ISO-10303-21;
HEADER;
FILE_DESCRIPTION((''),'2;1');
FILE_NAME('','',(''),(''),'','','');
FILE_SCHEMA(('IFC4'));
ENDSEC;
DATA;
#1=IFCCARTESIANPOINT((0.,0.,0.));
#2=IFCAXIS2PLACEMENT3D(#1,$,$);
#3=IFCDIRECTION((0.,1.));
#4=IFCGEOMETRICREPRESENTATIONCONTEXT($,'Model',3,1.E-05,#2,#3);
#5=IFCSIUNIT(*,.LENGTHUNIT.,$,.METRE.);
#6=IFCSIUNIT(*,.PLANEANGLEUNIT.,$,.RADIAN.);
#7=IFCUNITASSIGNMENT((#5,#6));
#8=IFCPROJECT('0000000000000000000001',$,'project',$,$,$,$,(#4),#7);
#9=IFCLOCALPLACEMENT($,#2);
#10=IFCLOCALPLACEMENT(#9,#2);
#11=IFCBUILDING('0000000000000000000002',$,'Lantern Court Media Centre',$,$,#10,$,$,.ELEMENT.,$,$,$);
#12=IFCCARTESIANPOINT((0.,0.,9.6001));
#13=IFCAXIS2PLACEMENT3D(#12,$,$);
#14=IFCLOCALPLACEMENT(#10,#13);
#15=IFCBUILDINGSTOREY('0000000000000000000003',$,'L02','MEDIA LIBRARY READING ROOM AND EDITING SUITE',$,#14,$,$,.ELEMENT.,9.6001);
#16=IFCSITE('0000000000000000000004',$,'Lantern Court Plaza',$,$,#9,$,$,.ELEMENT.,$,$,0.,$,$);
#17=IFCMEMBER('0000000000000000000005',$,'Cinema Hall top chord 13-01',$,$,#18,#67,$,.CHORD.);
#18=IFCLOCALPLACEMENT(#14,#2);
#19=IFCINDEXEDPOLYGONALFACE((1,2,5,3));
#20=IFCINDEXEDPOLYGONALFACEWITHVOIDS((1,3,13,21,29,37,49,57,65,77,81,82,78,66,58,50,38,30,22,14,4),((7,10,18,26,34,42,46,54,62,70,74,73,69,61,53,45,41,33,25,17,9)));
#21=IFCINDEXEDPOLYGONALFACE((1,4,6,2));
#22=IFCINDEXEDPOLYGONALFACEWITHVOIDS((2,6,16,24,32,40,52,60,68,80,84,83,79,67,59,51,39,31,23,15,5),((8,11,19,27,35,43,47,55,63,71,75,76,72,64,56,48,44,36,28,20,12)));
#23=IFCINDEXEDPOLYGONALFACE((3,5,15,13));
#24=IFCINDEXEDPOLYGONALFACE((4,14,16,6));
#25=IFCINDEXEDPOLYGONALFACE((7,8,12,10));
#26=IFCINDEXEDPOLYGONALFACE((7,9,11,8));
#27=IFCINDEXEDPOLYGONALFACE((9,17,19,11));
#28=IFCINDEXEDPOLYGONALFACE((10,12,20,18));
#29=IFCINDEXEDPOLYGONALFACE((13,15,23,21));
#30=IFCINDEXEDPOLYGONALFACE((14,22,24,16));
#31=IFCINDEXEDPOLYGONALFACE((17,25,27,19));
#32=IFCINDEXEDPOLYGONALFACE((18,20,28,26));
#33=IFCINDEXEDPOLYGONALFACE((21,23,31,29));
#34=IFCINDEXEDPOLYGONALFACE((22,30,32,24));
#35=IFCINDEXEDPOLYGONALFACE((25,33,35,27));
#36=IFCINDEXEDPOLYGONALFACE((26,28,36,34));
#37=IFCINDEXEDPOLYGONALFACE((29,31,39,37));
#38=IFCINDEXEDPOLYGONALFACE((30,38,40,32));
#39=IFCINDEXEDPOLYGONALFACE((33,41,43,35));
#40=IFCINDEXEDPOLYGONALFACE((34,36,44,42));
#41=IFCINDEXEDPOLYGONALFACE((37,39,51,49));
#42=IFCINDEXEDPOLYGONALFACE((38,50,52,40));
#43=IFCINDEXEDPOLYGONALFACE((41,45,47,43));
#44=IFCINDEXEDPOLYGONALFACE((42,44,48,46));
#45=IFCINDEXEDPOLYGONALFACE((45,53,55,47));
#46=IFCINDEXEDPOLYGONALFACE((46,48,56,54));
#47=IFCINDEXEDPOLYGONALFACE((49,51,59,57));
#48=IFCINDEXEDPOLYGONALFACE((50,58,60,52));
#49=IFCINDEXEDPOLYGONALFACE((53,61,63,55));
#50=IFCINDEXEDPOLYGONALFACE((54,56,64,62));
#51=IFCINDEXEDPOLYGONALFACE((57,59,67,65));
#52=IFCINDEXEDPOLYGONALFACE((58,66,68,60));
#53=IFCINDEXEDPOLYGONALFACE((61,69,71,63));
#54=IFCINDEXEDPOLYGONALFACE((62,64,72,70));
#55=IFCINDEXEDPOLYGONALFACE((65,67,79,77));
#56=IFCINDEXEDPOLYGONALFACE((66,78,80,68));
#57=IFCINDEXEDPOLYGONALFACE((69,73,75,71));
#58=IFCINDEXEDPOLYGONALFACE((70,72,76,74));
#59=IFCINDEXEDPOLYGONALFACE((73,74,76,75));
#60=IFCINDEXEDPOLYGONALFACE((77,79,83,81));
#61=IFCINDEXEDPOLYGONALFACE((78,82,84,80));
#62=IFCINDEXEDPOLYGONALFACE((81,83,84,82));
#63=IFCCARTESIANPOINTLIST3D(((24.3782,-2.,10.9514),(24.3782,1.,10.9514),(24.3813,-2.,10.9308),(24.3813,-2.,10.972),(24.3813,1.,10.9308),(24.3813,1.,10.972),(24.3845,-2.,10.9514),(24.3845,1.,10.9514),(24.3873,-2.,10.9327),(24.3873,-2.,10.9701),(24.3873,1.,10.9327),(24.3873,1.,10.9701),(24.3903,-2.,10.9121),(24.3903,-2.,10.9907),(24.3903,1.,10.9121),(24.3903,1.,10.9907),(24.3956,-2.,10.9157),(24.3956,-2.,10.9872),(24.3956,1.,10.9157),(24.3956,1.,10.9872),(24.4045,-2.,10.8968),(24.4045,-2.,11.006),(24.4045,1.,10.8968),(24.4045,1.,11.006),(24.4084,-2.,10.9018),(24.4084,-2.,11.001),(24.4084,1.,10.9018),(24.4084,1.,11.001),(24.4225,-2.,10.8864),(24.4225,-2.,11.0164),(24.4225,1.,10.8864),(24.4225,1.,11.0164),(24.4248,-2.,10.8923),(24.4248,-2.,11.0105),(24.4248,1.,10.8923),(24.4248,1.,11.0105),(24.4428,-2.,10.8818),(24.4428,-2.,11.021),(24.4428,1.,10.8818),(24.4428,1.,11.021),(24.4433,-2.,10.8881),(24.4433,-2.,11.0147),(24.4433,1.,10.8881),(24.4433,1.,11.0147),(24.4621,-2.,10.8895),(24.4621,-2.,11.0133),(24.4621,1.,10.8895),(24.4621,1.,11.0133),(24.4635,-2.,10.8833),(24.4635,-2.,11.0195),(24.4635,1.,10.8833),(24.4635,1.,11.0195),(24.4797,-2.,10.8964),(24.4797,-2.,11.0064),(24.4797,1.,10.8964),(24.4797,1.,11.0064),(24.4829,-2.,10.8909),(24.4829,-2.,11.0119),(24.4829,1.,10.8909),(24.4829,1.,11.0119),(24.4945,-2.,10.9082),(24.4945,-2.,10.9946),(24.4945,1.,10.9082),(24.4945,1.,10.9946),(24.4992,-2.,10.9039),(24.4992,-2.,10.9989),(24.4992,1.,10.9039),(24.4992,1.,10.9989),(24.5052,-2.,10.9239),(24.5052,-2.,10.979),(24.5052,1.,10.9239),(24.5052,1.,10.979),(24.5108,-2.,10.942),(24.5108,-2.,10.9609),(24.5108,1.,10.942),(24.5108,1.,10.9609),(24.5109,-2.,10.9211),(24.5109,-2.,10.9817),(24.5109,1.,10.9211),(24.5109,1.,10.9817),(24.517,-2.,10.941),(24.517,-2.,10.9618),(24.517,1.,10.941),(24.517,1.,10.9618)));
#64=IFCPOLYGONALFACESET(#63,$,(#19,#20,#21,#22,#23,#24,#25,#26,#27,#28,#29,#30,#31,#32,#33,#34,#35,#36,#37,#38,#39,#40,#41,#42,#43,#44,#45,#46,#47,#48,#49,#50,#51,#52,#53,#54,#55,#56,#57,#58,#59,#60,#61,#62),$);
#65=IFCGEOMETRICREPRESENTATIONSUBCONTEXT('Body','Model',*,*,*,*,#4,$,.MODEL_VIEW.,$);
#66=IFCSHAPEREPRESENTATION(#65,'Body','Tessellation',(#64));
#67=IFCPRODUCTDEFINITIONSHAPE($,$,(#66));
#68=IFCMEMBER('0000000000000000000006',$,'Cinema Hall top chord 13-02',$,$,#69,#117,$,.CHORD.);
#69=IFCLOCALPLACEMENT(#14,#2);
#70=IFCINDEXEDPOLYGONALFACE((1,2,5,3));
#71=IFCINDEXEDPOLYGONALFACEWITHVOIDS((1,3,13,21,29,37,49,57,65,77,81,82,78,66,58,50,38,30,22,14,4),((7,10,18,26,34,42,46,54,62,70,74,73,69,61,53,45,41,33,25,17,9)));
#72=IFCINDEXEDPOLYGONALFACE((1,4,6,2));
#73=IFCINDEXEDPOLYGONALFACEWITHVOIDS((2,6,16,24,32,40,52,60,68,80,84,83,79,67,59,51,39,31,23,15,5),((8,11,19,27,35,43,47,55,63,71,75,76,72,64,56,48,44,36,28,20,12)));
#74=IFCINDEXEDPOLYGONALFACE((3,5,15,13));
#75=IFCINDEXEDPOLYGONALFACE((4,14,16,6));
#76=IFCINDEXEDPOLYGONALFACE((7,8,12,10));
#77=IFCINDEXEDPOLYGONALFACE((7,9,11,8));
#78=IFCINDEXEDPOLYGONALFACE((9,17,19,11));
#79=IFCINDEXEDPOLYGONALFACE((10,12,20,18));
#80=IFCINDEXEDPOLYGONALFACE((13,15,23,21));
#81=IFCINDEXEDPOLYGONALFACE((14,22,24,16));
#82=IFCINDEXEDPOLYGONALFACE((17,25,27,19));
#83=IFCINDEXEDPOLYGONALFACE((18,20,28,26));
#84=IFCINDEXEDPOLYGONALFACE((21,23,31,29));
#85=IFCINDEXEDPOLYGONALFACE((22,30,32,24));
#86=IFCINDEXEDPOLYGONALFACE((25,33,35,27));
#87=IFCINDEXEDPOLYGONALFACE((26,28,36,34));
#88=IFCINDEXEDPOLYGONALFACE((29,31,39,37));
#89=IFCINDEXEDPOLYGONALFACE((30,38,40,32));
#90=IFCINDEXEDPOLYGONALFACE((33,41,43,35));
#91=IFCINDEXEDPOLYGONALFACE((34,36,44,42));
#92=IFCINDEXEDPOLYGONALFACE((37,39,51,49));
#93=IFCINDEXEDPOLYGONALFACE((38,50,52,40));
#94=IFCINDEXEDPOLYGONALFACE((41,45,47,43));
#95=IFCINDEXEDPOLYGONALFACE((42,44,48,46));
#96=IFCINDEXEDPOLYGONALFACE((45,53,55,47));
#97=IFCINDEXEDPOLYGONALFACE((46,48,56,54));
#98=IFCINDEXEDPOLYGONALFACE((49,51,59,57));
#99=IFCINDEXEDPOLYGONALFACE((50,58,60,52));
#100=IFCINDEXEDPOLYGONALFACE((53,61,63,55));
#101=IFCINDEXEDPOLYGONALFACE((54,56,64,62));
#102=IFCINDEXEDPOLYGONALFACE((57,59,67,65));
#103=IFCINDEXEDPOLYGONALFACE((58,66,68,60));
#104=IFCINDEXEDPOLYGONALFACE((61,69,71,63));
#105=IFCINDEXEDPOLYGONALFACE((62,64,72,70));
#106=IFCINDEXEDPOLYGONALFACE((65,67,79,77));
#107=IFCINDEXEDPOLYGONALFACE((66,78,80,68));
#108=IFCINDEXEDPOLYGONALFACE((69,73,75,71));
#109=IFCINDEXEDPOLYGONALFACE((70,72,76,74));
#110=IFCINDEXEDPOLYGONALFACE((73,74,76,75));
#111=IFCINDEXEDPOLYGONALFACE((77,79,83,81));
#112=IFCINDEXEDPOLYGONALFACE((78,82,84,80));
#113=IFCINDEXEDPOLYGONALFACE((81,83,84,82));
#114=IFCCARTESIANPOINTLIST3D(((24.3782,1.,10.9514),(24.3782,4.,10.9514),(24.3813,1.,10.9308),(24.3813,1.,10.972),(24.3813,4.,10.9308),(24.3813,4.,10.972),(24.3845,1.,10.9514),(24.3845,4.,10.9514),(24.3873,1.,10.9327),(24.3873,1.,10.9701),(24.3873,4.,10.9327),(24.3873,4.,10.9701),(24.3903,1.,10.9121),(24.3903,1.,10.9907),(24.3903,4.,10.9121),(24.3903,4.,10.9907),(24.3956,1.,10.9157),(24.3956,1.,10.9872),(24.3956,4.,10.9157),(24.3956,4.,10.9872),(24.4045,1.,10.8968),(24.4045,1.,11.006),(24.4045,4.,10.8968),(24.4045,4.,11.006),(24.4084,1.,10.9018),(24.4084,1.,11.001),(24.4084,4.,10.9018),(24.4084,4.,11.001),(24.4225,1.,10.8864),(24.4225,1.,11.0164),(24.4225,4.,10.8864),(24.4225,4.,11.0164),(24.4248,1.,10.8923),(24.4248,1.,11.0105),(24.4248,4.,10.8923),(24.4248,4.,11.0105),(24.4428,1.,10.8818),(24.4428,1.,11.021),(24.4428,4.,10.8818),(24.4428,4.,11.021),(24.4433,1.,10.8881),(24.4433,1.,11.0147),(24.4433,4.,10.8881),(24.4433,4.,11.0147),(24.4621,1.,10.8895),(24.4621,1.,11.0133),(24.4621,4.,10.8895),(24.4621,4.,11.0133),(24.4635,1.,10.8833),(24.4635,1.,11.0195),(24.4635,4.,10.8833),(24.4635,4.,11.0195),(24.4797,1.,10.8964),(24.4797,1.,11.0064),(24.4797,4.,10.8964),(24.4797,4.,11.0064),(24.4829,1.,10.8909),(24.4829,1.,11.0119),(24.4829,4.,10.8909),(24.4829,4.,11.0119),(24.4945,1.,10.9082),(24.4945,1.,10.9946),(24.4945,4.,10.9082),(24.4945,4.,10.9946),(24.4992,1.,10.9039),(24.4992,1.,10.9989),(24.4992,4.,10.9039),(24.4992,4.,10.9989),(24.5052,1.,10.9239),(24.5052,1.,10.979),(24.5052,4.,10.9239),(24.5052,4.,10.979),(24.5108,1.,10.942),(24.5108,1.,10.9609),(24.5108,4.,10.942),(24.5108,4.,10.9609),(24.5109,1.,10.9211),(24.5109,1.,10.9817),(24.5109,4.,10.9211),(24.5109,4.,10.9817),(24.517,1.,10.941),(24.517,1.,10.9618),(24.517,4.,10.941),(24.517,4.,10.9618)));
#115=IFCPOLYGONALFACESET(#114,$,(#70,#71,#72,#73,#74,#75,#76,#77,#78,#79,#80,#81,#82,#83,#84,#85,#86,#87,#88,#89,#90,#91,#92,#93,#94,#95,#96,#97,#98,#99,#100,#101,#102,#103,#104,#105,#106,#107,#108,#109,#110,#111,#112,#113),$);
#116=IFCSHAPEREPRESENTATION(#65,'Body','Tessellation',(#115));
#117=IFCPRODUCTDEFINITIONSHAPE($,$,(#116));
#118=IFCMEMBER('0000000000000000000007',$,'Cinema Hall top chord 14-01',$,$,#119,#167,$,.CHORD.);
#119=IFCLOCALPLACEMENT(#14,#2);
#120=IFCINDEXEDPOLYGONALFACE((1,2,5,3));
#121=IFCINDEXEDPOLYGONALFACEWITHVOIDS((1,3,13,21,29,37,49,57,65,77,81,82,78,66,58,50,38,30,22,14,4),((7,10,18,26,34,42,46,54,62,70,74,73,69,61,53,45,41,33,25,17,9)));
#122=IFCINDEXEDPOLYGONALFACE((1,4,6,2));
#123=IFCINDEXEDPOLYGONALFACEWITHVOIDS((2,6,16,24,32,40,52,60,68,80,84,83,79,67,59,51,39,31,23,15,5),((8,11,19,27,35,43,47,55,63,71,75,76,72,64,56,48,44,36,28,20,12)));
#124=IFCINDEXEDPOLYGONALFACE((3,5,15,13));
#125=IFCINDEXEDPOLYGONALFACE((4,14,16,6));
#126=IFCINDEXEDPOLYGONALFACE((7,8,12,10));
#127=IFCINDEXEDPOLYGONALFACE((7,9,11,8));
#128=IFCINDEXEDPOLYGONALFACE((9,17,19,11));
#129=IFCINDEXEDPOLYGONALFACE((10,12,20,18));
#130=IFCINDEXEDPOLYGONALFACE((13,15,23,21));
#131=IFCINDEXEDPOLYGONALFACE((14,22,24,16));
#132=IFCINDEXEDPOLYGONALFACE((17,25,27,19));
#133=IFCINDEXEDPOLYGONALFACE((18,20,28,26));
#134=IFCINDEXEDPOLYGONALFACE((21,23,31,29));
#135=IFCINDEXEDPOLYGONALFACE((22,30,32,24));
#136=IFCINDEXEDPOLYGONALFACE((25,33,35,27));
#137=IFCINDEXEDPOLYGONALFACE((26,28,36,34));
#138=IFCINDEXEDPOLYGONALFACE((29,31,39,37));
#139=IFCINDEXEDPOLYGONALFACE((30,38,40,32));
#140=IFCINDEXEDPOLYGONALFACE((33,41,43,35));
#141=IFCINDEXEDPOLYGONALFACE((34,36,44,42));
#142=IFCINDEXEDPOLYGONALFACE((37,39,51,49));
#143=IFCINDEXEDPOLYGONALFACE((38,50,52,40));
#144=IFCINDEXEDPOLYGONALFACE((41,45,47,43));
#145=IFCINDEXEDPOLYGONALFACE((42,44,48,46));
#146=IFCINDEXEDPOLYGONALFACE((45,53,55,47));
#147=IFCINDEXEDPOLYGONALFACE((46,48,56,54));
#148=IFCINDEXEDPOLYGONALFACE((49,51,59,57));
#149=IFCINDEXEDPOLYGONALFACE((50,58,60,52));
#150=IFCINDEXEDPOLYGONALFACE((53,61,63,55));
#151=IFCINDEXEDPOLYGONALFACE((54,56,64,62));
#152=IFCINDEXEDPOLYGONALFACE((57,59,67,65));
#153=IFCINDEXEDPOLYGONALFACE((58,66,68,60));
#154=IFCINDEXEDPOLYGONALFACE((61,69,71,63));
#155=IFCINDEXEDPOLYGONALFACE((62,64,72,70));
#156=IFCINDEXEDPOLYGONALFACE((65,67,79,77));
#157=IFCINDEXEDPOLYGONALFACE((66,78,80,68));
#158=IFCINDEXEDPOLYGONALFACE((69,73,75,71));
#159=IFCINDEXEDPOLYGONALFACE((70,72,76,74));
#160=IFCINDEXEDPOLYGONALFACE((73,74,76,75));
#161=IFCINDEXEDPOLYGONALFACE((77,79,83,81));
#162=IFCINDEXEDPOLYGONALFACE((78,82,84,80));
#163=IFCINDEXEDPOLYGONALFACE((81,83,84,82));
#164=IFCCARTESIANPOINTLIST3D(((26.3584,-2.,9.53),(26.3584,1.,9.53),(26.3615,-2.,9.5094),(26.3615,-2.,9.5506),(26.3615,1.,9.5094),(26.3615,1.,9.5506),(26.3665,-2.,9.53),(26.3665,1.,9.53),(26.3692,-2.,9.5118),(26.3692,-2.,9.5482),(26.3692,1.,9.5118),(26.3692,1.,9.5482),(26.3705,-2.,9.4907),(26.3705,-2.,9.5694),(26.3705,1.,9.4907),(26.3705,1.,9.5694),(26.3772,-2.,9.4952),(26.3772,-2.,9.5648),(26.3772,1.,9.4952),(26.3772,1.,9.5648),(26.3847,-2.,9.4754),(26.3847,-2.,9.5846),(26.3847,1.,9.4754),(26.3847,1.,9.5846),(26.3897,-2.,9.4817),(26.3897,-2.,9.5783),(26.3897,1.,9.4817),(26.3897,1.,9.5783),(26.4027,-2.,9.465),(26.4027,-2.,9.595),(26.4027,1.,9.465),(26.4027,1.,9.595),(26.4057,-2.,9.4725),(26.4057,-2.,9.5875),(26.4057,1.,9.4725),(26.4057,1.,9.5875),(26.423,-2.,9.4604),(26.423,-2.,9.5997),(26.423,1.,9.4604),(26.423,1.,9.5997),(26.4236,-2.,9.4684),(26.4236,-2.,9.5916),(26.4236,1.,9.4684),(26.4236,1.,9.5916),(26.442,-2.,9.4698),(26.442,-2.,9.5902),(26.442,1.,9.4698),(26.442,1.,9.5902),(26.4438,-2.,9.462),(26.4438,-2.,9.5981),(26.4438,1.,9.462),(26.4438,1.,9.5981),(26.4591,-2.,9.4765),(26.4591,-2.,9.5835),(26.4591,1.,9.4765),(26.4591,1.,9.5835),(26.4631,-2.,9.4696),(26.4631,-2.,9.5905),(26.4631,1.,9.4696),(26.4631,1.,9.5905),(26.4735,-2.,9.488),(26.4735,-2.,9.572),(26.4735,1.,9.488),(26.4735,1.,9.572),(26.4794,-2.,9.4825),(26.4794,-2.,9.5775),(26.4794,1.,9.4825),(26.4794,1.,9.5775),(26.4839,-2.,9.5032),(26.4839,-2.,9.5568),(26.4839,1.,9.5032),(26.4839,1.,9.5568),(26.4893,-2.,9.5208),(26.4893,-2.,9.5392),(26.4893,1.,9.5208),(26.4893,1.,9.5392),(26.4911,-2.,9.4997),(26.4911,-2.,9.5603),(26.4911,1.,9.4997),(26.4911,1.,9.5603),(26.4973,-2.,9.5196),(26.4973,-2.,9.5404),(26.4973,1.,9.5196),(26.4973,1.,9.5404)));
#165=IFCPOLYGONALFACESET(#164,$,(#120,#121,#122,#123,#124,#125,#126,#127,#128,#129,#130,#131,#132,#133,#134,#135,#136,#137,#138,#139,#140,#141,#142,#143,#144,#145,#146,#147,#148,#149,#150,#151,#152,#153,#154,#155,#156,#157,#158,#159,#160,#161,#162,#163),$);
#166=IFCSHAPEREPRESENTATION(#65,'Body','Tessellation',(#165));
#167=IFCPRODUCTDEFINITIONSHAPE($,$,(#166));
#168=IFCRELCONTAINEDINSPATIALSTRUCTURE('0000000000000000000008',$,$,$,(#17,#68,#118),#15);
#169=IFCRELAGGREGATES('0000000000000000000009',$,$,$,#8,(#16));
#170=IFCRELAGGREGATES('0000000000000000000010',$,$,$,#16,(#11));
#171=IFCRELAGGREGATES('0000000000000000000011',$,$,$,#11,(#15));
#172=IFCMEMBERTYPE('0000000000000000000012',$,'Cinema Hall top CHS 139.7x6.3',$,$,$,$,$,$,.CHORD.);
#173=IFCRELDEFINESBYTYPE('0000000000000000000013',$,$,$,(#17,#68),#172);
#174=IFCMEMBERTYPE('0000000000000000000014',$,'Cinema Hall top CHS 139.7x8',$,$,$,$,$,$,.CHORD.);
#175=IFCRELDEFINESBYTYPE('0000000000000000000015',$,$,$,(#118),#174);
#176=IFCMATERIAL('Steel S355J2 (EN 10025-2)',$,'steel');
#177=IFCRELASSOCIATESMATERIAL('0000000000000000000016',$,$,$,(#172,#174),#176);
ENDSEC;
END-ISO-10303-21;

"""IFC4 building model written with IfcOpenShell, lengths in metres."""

from ifc_helpers import new_model, si_unit, direction, frame, origin, origin_2d, place, context, subcontext, project, spatial, hollow_circle, extrude, material, material_profile, profile_set, type_object, element, save


model = new_model("IFC4")

# Units and contexts
model_context = context("Model", 3, precision=1e-05, world=origin(), true_north=direction((0.0, 1.0)))
body_context = subcontext(model_context, "Body", "Model", "MODEL_VIEW")
ifc_project = project(units=[si_unit("LENGTHUNIT", "METRE"), si_unit("PLANEANGLEUNIT", "RADIAN")], contexts=[model_context])

# Site, building, storey
site_placement = place(None, origin())
site = spatial("IfcSite", under=ifc_project, at=site_placement, Name="Lantern Court Plaza", CompositionType="ELEMENT", RefElevation=0.0)
building_placement = place(site_placement, origin())
building = spatial("IfcBuilding", under=site, at=building_placement, Name="Lantern Court Media Centre", CompositionType="ELEMENT")
storey_placement = place(building_placement, frame((0.0, 0.0, 9.6001)))
storey = spatial("IfcBuildingStorey", under=building, at=storey_placement, Name="L02", Description="MEDIA LIBRARY READING ROOM AND EDITING SUITE", CompositionType="ELEMENT", Elevation=9.6001)

# Members
ifc_material = material(Name="Steel S355J2 (EN 10025-2)", Category="steel")
ifc_material_profile_1 = material_profile(ifc_material, hollow_circle(Radius=0.0698, WallThickness=0.0063, at=origin_2d()), Name="Cinema Hall top CHS 139.7x6.3")
ifc_profile_set_1 = profile_set([ifc_material_profile_1], Name="Steel S355J2 (EN 10025-2)")
member_type_1 = type_object("IfcMemberType", Name="Cinema Hall top CHS 139.7x6.3", PredefinedType="CHORD", material=ifc_profile_set_1)
for number, where, z_axis, x_axis, name in (
    (1, (24.448, -2.0, 10.9514), (0.0, 1.0, 0.0), (-1.0, 0.0, 0.0), "Cinema Hall top chord 13-01"),
    (2, (24.448, 1.0, 10.9514), (0.0, 1.0, 0.0), (-1.0, 0.0, 0.0), "Cinema Hall top chord 13-02"),
):
    element("IfcMember", number, at=place(storey_placement, frame(where, z_axis=z_axis, x_axis=x_axis)), inside=storey, type_object=member_type_1, Name=name, PredefinedType="CHORD", context=body_context, shape_type="SweptSolid", body=[
        extrude(hollow_circle(Radius=0.0698, WallThickness=0.0063, at=origin_2d()), origin(), (0.0, 0.0, 1.0), 3.0),
    ])
ifc_material_profile_2 = material_profile(ifc_material, hollow_circle(Radius=0.0698, WallThickness=0.0081, at=origin_2d()), Name="Cinema Hall top CHS 139.7x8")
ifc_profile_set_2 = profile_set([ifc_material_profile_2], Name="Steel S355J2 (EN 10025-2)")
member_type_2 = type_object("IfcMemberType", Name="Cinema Hall top CHS 139.7x8", PredefinedType="CHORD", material=ifc_profile_set_2)
for number, where, z_axis, x_axis, name in (
    (3, (26.4282, -2.0, 9.53), (0.0, 1.0, 0.0), (-1.0, 0.0, 0.0), "Cinema Hall top chord 14-01"),
):
    element("IfcMember", number, at=place(storey_placement, frame(where, z_axis=z_axis, x_axis=x_axis)), inside=storey, type_object=member_type_2, Name=name, PredefinedType="CHORD", context=body_context, shape_type="SweptSolid", body=[
        extrude(hollow_circle(Radius=0.0698, WallThickness=0.0081, at=origin_2d()), origin(), (0.0, 0.0, 1.0), 3.0),
    ])

save(model, "model.ifc")
